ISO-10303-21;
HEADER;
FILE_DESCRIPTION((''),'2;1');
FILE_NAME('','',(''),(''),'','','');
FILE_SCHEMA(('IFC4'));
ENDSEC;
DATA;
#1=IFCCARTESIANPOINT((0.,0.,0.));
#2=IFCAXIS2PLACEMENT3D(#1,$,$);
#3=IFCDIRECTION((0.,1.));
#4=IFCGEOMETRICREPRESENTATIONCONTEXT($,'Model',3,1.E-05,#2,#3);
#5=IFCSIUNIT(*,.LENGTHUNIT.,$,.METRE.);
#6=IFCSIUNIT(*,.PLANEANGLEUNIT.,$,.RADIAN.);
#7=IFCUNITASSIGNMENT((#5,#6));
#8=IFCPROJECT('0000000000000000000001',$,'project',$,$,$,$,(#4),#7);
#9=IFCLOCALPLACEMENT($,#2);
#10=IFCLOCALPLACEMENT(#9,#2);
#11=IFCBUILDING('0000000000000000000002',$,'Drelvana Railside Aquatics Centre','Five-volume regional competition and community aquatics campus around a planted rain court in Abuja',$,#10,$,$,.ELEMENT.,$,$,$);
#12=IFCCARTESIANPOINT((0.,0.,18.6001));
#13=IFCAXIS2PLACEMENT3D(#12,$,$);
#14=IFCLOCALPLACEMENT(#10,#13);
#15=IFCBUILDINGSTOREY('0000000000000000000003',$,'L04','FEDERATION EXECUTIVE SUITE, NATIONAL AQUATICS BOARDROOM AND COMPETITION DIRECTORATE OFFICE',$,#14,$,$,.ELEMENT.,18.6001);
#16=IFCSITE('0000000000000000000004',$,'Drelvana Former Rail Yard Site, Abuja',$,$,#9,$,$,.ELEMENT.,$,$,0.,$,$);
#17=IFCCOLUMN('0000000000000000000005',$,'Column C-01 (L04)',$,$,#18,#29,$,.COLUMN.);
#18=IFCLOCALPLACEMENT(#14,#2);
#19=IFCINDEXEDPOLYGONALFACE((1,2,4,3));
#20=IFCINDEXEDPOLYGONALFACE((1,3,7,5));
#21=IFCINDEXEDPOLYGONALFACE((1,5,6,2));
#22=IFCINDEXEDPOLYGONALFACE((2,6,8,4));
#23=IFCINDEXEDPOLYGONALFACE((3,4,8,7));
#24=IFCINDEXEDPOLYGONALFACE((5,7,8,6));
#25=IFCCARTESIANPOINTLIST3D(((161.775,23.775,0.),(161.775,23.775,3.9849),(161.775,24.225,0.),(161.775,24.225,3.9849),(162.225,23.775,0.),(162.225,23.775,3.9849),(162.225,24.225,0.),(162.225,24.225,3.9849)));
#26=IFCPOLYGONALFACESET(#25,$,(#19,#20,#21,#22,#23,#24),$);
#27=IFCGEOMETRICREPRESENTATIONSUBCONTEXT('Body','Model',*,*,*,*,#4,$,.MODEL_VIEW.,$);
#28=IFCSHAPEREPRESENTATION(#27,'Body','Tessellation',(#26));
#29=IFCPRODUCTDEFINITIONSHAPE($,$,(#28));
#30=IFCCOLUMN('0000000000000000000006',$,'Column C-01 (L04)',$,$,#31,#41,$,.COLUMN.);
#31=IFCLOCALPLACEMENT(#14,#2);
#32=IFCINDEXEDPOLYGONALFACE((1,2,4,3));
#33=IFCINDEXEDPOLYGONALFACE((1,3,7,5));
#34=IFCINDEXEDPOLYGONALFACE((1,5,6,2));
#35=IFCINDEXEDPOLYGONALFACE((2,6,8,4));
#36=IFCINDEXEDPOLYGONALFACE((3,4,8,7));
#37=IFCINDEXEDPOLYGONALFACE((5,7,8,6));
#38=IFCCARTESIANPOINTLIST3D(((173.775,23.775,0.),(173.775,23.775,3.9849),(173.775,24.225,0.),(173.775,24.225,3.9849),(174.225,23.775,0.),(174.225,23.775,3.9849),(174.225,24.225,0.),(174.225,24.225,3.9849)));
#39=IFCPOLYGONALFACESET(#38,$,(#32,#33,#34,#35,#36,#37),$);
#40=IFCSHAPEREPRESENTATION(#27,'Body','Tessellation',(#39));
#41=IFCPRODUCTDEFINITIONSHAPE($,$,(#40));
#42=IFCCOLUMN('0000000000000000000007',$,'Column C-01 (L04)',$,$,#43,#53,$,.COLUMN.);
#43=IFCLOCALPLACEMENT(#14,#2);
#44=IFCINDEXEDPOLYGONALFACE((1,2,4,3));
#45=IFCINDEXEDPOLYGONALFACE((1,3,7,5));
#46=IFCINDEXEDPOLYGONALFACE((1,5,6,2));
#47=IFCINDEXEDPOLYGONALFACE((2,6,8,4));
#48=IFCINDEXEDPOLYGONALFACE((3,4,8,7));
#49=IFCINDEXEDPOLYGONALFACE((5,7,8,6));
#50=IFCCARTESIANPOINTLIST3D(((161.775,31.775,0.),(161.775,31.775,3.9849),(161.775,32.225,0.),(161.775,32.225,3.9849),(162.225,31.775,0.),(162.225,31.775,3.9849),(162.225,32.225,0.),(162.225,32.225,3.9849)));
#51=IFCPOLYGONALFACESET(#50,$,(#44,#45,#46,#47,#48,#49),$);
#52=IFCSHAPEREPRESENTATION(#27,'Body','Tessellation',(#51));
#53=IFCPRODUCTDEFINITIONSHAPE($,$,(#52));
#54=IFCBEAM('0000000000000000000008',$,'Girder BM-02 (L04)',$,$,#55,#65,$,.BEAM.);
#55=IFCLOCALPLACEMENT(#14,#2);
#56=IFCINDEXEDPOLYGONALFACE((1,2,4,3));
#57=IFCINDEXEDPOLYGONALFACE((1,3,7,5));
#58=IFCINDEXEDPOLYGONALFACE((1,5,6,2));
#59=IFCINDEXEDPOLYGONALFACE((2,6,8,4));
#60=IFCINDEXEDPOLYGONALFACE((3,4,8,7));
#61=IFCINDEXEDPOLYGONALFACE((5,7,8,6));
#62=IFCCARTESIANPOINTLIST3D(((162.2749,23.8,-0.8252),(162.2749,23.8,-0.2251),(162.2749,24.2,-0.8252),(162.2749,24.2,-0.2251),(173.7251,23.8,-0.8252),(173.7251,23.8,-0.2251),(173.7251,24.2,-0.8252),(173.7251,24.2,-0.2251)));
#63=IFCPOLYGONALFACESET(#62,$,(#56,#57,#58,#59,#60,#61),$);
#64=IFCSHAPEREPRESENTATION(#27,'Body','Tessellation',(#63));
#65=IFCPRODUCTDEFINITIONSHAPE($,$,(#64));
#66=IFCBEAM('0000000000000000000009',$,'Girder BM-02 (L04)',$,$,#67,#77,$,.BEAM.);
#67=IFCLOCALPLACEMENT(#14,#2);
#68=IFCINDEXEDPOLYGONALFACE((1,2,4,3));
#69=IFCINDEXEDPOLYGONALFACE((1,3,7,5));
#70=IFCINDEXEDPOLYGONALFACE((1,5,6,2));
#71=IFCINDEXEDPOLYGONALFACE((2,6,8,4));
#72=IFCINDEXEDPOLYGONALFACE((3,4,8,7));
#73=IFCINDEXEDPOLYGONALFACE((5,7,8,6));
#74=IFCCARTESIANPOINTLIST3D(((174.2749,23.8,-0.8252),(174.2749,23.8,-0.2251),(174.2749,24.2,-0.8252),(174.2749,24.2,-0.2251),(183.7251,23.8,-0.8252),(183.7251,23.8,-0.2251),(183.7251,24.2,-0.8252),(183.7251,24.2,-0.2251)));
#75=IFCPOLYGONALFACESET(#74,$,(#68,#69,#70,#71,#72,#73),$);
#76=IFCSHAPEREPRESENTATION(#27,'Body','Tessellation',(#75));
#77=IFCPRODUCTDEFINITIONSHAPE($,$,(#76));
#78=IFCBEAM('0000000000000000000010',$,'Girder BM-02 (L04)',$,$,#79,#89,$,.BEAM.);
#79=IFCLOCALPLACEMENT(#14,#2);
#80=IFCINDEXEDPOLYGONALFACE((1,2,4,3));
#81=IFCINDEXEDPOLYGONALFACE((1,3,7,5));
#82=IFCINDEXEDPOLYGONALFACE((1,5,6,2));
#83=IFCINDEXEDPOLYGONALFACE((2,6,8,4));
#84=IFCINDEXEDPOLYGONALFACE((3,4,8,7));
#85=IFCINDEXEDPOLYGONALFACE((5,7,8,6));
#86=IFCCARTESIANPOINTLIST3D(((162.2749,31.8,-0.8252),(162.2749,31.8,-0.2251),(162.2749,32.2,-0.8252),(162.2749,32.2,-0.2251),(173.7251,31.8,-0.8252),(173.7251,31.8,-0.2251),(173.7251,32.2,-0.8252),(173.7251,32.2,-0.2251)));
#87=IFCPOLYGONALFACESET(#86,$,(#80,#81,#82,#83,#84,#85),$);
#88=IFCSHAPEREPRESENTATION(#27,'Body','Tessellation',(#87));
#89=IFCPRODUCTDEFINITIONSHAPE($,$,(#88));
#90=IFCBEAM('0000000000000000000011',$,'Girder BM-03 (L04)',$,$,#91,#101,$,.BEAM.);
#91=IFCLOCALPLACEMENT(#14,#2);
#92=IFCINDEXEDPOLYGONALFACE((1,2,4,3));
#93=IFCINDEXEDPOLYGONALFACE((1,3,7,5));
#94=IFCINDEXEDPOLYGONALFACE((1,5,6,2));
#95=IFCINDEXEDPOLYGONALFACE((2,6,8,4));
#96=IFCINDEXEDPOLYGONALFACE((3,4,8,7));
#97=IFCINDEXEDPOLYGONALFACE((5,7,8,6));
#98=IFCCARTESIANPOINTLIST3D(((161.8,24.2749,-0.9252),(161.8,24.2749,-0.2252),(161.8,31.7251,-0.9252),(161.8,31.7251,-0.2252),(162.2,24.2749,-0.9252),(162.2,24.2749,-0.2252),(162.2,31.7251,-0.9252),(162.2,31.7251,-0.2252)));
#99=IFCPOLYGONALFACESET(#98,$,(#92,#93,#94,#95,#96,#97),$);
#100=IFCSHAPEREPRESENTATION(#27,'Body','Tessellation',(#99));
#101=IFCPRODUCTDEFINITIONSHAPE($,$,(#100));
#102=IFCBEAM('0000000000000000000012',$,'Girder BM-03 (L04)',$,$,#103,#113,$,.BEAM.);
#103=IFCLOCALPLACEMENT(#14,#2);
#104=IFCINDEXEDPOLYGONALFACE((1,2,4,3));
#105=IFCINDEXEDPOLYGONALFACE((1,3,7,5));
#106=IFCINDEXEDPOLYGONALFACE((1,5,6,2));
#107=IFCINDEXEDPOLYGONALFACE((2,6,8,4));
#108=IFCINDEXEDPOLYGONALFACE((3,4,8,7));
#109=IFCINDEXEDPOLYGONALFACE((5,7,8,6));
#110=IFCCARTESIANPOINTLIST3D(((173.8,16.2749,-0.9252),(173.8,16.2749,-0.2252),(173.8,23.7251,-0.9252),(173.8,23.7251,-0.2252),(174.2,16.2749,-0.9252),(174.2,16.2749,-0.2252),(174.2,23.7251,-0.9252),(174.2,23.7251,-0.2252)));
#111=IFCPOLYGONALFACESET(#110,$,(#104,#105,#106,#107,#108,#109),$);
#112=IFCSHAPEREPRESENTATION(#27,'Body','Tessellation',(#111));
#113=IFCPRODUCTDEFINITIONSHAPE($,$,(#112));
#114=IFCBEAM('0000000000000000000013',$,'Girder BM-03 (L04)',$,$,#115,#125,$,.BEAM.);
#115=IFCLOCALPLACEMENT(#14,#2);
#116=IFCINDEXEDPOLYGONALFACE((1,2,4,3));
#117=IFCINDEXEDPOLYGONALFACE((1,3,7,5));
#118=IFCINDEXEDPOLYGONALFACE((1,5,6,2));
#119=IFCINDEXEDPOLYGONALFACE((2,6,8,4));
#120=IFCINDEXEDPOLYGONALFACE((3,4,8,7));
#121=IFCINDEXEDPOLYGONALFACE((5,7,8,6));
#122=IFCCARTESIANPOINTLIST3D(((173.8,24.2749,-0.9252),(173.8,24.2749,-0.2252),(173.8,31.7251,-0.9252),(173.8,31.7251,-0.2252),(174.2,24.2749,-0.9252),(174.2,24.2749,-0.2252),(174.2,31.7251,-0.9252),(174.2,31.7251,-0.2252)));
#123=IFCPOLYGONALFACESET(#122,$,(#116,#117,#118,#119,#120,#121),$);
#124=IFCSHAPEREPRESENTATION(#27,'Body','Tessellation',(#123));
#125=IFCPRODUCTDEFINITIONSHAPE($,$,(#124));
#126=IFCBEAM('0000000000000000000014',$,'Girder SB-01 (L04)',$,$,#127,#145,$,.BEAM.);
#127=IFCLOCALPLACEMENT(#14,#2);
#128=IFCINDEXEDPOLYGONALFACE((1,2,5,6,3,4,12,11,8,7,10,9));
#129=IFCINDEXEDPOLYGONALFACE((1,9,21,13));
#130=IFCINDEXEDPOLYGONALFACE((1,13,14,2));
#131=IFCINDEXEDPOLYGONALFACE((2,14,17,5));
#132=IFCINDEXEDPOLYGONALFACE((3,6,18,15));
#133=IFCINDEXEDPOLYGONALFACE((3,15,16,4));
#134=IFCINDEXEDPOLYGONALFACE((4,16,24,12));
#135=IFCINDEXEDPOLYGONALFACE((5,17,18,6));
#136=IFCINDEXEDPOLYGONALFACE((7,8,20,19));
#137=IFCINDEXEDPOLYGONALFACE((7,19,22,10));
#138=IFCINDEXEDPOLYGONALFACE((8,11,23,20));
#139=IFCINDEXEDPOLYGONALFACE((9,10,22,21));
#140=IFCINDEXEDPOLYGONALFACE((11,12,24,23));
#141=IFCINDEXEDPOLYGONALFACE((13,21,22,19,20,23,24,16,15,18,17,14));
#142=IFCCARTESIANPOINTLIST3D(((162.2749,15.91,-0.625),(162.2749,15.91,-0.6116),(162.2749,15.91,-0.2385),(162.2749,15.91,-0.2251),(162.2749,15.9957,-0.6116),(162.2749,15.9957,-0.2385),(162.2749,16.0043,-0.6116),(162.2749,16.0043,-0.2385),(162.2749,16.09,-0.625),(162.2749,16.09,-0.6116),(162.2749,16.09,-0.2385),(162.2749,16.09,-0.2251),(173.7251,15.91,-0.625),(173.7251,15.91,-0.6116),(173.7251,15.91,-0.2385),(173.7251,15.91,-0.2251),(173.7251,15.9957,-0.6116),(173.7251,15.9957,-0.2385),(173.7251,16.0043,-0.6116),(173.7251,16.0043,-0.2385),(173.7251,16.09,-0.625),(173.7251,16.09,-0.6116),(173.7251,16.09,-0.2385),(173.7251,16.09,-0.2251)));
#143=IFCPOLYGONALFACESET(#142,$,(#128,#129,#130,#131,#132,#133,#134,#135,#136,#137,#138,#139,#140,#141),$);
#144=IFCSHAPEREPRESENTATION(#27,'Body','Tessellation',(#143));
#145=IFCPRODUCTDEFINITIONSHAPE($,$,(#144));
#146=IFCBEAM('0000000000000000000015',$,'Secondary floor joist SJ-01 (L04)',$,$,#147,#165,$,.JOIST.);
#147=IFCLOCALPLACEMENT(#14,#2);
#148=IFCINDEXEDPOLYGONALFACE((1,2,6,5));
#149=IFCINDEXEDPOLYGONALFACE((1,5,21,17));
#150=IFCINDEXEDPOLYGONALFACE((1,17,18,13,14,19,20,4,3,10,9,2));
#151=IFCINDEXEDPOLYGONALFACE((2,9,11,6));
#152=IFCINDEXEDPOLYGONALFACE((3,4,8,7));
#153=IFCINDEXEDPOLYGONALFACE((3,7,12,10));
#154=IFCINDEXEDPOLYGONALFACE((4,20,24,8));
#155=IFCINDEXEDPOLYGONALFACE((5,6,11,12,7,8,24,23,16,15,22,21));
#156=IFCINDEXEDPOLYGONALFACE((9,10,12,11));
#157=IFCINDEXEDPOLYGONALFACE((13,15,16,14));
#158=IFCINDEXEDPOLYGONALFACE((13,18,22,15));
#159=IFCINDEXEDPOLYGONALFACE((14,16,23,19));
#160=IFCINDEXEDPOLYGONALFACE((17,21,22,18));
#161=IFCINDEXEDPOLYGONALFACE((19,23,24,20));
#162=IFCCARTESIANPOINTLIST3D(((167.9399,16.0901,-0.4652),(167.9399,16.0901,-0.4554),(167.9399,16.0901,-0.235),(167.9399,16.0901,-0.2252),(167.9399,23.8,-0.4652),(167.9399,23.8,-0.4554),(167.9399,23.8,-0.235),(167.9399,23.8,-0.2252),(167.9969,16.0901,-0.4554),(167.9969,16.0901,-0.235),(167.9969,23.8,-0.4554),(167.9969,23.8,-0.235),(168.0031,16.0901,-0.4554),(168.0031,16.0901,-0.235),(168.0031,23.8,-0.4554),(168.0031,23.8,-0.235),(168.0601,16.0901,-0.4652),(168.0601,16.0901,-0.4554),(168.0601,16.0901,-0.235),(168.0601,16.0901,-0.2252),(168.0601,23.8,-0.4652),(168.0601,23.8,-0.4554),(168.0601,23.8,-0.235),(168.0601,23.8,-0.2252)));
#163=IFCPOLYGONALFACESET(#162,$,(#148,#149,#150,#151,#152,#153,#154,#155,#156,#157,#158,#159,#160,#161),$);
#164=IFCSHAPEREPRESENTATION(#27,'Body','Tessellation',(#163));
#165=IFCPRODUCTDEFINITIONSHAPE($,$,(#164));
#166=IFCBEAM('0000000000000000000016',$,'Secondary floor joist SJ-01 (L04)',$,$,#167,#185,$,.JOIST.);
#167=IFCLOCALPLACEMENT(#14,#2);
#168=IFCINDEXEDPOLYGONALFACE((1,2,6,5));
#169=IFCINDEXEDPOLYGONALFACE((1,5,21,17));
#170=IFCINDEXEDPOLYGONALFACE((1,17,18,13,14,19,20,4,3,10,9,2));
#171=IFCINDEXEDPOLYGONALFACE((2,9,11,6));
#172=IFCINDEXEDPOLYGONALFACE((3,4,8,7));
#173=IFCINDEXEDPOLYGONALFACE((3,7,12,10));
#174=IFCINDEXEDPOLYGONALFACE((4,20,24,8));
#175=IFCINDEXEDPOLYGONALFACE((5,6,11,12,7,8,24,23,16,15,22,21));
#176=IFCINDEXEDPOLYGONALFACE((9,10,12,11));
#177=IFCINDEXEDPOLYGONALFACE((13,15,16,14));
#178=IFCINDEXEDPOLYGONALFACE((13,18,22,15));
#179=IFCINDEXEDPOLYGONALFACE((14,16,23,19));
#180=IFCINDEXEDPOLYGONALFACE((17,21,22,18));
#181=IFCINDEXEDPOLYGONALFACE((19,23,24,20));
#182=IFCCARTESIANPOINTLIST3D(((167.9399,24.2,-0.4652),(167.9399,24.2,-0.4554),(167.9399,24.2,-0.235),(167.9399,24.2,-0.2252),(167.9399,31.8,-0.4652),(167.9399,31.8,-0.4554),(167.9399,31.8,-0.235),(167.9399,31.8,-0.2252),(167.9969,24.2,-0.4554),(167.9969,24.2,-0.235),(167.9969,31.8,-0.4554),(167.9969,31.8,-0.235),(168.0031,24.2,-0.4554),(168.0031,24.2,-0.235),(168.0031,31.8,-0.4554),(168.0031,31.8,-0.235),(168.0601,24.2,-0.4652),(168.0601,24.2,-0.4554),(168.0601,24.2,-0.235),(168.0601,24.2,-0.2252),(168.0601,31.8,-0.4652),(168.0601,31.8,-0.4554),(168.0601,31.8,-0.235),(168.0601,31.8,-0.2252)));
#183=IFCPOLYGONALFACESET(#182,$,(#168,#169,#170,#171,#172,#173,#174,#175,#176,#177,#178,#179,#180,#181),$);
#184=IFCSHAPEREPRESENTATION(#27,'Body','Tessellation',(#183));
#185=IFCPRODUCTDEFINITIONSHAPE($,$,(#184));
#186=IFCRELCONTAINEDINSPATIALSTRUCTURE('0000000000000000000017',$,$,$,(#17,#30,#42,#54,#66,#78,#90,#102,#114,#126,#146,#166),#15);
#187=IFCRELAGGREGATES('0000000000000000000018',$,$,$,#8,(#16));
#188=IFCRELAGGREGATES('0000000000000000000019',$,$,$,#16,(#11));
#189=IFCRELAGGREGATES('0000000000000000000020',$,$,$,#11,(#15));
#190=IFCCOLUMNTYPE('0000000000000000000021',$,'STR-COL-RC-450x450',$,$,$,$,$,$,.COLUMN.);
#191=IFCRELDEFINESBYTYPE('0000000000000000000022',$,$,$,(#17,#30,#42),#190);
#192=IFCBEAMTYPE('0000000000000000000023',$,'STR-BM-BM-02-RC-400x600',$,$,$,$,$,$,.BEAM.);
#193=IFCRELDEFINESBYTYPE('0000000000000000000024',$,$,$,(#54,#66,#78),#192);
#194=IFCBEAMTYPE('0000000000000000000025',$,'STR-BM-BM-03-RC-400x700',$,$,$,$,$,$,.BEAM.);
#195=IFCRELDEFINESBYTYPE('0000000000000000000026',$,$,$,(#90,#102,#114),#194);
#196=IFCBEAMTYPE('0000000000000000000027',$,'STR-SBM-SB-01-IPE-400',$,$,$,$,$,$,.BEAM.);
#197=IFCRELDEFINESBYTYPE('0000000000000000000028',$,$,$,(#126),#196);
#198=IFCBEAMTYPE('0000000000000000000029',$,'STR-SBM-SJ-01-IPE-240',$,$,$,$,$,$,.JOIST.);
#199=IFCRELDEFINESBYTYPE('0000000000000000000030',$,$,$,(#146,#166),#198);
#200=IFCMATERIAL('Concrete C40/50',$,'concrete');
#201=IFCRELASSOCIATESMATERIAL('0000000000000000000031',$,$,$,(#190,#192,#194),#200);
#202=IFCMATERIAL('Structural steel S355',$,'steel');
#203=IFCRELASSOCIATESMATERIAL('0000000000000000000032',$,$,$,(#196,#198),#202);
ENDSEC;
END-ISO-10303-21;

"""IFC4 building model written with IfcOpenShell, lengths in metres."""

from ifc_helpers import new_model, si_unit, direction, frame, origin, origin_2d, place, context, subcontext, project, spatial, rectangle, i_section, extrude, material, material_profile, profile_set, type_object, element, save


model = new_model("IFC4")

# Units and contexts
model_context = context("Model", 3, precision=1e-05, world=origin(), true_north=direction((0.0, 1.0)))
body_context = subcontext(model_context, "Body", "Model", "MODEL_VIEW")
ifc_project = project(units=[si_unit("LENGTHUNIT", "METRE"), si_unit("PLANEANGLEUNIT", "RADIAN")], contexts=[model_context])

# Site, building, storey
site_placement = place(None, origin())
site = spatial("IfcSite", under=ifc_project, at=site_placement, Name="Drelvana Former Rail Yard Site, Abuja", CompositionType="ELEMENT", RefElevation=0.0)
building_placement = place(site_placement, origin())
building = spatial("IfcBuilding", under=site, at=building_placement, Name="Drelvana Railside Aquatics Centre", Description="Five-volume regional competition and community aquatics campus around a planted rain court in Abuja", CompositionType="ELEMENT")
storey_placement = place(building_placement, frame((0.0, 0.0, 18.6001)))
storey = spatial("IfcBuildingStorey", under=building, at=storey_placement, Name="L04", Description="FEDERATION EXECUTIVE SUITE, NATIONAL AQUATICS BOARDROOM AND COMPETITION DIRECTORATE OFFICE", CompositionType="ELEMENT", Elevation=18.6001)

# Columns
ifc_material_1 = material(Name="Concrete C40/50", Category="concrete")
ifc_material_profile_1 = material_profile(ifc_material_1, rectangle(XDim=0.45, YDim=0.45, at=origin_2d()), Name="RC 450x450")
ifc_profile_set_1 = profile_set([ifc_material_profile_1], Name="Concrete C40/50")
column_type = type_object("IfcColumnType", Name="STR-COL-RC-450x450", PredefinedType="COLUMN", material=ifc_profile_set_1)
for number, where, z_axis, x_axis, name in (
    (1, (162.0, 24.0, 0.0), (0.0, 0.0, 1.0), (1.0, 0.0, 0.0), "Column C-01 (L04)"),
    (2, (174.0, 24.0, 0.0), (0.0, 0.0, 1.0), (1.0, 0.0, 0.0), "Column C-01 (L04)"),
    (3, (162.0, 32.0, 0.0), (0.0, 0.0, 1.0), (1.0, 0.0, 0.0), "Column C-01 (L04)"),
):
    element("IfcColumn", number, at=place(storey_placement, frame(where, z_axis=z_axis, x_axis=x_axis)), inside=storey, type_object=column_type, Name=name, PredefinedType="COLUMN", context=body_context, shape_type="SweptSolid", body=[
        extrude(rectangle(XDim=0.45, YDim=0.45, at=origin_2d()), origin(), (0.0, 0.0, 1.0), 3.9849),
    ])

# Beams
ifc_material_profile_2 = material_profile(ifc_material_1, rectangle(XDim=0.3999, YDim=0.6001, at=origin_2d()), Name="RC 400x600")
ifc_profile_set_2 = profile_set([ifc_material_profile_2], Name="Concrete C40/50")
beam_type_1 = type_object("IfcBeamType", Name="STR-BM-BM-02-RC-400x600", PredefinedType="BEAM", material=ifc_profile_set_2)
beam_1_placement = place(storey_placement, frame((162.2749, 24.0, -0.5251), z_axis=(1.0, 0.0, 0.0), x_axis=(0.0, 1.0, 0.0)))
element("IfcBeam", 4, at=beam_1_placement, inside=storey, type_object=beam_type_1, Name="Girder BM-02 (L04)", PredefinedType="BEAM", context=body_context, shape_type="SweptSolid", body=[
    extrude(rectangle(XDim=0.3999, YDim=0.6001, at=origin_2d()), origin(), (0.0, 0.0, 1.0), 11.4502),
])
beam_2_placement = place(storey_placement, frame((174.2749, 24.0, -0.5251), z_axis=(1.0, 0.0, 0.0), x_axis=(0.0, 1.0, 0.0)))
element("IfcBeam", 5, at=beam_2_placement, inside=storey, type_object=beam_type_1, Name="Girder BM-02 (L04)", PredefinedType="BEAM", context=body_context, shape_type="SweptSolid", body=[
    extrude(rectangle(XDim=0.3999, YDim=0.6001, at=origin_2d()), origin(), (0.0, 0.0, 1.0), 9.4502),
])
beam_3_placement = place(storey_placement, frame((162.2749, 32.0, -0.5251), z_axis=(1.0, 0.0, 0.0), x_axis=(0.0, 1.0, 0.0)))
element("IfcBeam", 6, at=beam_3_placement, inside=storey, type_object=beam_type_1, Name="Girder BM-02 (L04)", PredefinedType="BEAM", context=body_context, shape_type="SweptSolid", body=[
    extrude(rectangle(XDim=0.3999, YDim=0.6001, at=origin_2d()), origin(), (0.0, 0.0, 1.0), 11.4502),
])
ifc_material_profile_3 = material_profile(ifc_material_1, rectangle(XDim=0.3999, YDim=0.7, at=origin_2d()), Name="RC 400x700")
ifc_profile_set_3 = profile_set([ifc_material_profile_3], Name="Concrete C40/50")
beam_type_2 = type_object("IfcBeamType", Name="STR-BM-BM-03-RC-400x700", PredefinedType="BEAM", material=ifc_profile_set_3)
for number, where, z_axis, x_axis, name in (
    (7, (162.0, 24.2749, -0.5752), (0.0, 1.0, 0.0), (-1.0, 0.0, 0.0), "Girder BM-03 (L04)"),
    (8, (174.0, 16.2749, -0.5752), (0.0, 1.0, 0.0), (-1.0, 0.0, 0.0), "Girder BM-03 (L04)"),
    (9, (174.0, 24.2749, -0.5752), (0.0, 1.0, 0.0), (-1.0, 0.0, 0.0), "Girder BM-03 (L04)"),
):
    element("IfcBeam", number, at=place(storey_placement, frame(where, z_axis=z_axis, x_axis=x_axis)), inside=storey, type_object=beam_type_2, Name=name, PredefinedType="BEAM", context=body_context, shape_type="SweptSolid", body=[
        extrude(rectangle(XDim=0.3999, YDim=0.7, at=origin_2d()), origin(), (0.0, 0.0, 1.0), 7.4502),
    ])
ifc_material_2 = material(Name="Structural steel S355", Category="steel")
ifc_material_profile_4 = material_profile(ifc_material_2, i_section(OverallWidth=0.1799, OverallDepth=0.3999, WebThickness=0.0085, FlangeThickness=0.0134, at=origin_2d()), Name="IPE 400")
ifc_profile_set_4 = profile_set([ifc_material_profile_4], Name="Structural steel S355")
beam_type_3 = type_object("IfcBeamType", Name="STR-SBM-SB-01-IPE-400", PredefinedType="BEAM", material=ifc_profile_set_4)
beam_4_placement = place(storey_placement, frame((162.2749, 16.0, -0.425), z_axis=(1.0, 0.0, 0.0), x_axis=(0.0, 1.0, 0.0)))
element("IfcBeam", 10, at=beam_4_placement, inside=storey, type_object=beam_type_3, Name="Girder SB-01 (L04)", PredefinedType="BEAM", context=body_context, shape_type="SweptSolid", body=[
    extrude(i_section(OverallWidth=0.1799, OverallDepth=0.3999, WebThickness=0.0085, FlangeThickness=0.0134, at=origin_2d()), origin(), (0.0, 0.0, 1.0), 11.4502),
])
ifc_material_profile_5 = material_profile(ifc_material_2, i_section(OverallWidth=0.1201, OverallDepth=0.24, WebThickness=0.0061, FlangeThickness=0.0098, at=origin_2d()), Name="IPE 240")
ifc_profile_set_5 = profile_set([ifc_material_profile_5], Name="Structural steel S355")
beam_type_4 = type_object("IfcBeamType", Name="STR-SBM-SJ-01-IPE-240", PredefinedType="JOIST", material=ifc_profile_set_5)
beam_5_placement = place(storey_placement, frame((168.0, 16.0901, -0.3452), z_axis=(0.0, 1.0, 0.0), x_axis=(-1.0, 0.0, 0.0)))
element("IfcBeam", 11, at=beam_5_placement, inside=storey, type_object=beam_type_4, Name="Secondary floor joist SJ-01 (L04)", PredefinedType="JOIST", context=body_context, shape_type="SweptSolid", body=[
    extrude(i_section(OverallWidth=0.1201, OverallDepth=0.24, WebThickness=0.0061, FlangeThickness=0.0098, at=origin_2d()), origin(), (0.0, 0.0, 1.0), 7.71),
])
beam_6_placement = place(storey_placement, frame((168.0, 24.2, -0.3452), z_axis=(0.0, 1.0, 0.0), x_axis=(-1.0, 0.0, 0.0)))
element("IfcBeam", 12, at=beam_6_placement, inside=storey, type_object=beam_type_4, Name="Secondary floor joist SJ-01 (L04)", PredefinedType="JOIST", context=body_context, shape_type="SweptSolid", body=[
    extrude(i_section(OverallWidth=0.1201, OverallDepth=0.24, WebThickness=0.0061, FlangeThickness=0.0098, at=origin_2d()), origin(), (0.0, 0.0, 1.0), 7.6001),
])

save(model, "model.ifc")
